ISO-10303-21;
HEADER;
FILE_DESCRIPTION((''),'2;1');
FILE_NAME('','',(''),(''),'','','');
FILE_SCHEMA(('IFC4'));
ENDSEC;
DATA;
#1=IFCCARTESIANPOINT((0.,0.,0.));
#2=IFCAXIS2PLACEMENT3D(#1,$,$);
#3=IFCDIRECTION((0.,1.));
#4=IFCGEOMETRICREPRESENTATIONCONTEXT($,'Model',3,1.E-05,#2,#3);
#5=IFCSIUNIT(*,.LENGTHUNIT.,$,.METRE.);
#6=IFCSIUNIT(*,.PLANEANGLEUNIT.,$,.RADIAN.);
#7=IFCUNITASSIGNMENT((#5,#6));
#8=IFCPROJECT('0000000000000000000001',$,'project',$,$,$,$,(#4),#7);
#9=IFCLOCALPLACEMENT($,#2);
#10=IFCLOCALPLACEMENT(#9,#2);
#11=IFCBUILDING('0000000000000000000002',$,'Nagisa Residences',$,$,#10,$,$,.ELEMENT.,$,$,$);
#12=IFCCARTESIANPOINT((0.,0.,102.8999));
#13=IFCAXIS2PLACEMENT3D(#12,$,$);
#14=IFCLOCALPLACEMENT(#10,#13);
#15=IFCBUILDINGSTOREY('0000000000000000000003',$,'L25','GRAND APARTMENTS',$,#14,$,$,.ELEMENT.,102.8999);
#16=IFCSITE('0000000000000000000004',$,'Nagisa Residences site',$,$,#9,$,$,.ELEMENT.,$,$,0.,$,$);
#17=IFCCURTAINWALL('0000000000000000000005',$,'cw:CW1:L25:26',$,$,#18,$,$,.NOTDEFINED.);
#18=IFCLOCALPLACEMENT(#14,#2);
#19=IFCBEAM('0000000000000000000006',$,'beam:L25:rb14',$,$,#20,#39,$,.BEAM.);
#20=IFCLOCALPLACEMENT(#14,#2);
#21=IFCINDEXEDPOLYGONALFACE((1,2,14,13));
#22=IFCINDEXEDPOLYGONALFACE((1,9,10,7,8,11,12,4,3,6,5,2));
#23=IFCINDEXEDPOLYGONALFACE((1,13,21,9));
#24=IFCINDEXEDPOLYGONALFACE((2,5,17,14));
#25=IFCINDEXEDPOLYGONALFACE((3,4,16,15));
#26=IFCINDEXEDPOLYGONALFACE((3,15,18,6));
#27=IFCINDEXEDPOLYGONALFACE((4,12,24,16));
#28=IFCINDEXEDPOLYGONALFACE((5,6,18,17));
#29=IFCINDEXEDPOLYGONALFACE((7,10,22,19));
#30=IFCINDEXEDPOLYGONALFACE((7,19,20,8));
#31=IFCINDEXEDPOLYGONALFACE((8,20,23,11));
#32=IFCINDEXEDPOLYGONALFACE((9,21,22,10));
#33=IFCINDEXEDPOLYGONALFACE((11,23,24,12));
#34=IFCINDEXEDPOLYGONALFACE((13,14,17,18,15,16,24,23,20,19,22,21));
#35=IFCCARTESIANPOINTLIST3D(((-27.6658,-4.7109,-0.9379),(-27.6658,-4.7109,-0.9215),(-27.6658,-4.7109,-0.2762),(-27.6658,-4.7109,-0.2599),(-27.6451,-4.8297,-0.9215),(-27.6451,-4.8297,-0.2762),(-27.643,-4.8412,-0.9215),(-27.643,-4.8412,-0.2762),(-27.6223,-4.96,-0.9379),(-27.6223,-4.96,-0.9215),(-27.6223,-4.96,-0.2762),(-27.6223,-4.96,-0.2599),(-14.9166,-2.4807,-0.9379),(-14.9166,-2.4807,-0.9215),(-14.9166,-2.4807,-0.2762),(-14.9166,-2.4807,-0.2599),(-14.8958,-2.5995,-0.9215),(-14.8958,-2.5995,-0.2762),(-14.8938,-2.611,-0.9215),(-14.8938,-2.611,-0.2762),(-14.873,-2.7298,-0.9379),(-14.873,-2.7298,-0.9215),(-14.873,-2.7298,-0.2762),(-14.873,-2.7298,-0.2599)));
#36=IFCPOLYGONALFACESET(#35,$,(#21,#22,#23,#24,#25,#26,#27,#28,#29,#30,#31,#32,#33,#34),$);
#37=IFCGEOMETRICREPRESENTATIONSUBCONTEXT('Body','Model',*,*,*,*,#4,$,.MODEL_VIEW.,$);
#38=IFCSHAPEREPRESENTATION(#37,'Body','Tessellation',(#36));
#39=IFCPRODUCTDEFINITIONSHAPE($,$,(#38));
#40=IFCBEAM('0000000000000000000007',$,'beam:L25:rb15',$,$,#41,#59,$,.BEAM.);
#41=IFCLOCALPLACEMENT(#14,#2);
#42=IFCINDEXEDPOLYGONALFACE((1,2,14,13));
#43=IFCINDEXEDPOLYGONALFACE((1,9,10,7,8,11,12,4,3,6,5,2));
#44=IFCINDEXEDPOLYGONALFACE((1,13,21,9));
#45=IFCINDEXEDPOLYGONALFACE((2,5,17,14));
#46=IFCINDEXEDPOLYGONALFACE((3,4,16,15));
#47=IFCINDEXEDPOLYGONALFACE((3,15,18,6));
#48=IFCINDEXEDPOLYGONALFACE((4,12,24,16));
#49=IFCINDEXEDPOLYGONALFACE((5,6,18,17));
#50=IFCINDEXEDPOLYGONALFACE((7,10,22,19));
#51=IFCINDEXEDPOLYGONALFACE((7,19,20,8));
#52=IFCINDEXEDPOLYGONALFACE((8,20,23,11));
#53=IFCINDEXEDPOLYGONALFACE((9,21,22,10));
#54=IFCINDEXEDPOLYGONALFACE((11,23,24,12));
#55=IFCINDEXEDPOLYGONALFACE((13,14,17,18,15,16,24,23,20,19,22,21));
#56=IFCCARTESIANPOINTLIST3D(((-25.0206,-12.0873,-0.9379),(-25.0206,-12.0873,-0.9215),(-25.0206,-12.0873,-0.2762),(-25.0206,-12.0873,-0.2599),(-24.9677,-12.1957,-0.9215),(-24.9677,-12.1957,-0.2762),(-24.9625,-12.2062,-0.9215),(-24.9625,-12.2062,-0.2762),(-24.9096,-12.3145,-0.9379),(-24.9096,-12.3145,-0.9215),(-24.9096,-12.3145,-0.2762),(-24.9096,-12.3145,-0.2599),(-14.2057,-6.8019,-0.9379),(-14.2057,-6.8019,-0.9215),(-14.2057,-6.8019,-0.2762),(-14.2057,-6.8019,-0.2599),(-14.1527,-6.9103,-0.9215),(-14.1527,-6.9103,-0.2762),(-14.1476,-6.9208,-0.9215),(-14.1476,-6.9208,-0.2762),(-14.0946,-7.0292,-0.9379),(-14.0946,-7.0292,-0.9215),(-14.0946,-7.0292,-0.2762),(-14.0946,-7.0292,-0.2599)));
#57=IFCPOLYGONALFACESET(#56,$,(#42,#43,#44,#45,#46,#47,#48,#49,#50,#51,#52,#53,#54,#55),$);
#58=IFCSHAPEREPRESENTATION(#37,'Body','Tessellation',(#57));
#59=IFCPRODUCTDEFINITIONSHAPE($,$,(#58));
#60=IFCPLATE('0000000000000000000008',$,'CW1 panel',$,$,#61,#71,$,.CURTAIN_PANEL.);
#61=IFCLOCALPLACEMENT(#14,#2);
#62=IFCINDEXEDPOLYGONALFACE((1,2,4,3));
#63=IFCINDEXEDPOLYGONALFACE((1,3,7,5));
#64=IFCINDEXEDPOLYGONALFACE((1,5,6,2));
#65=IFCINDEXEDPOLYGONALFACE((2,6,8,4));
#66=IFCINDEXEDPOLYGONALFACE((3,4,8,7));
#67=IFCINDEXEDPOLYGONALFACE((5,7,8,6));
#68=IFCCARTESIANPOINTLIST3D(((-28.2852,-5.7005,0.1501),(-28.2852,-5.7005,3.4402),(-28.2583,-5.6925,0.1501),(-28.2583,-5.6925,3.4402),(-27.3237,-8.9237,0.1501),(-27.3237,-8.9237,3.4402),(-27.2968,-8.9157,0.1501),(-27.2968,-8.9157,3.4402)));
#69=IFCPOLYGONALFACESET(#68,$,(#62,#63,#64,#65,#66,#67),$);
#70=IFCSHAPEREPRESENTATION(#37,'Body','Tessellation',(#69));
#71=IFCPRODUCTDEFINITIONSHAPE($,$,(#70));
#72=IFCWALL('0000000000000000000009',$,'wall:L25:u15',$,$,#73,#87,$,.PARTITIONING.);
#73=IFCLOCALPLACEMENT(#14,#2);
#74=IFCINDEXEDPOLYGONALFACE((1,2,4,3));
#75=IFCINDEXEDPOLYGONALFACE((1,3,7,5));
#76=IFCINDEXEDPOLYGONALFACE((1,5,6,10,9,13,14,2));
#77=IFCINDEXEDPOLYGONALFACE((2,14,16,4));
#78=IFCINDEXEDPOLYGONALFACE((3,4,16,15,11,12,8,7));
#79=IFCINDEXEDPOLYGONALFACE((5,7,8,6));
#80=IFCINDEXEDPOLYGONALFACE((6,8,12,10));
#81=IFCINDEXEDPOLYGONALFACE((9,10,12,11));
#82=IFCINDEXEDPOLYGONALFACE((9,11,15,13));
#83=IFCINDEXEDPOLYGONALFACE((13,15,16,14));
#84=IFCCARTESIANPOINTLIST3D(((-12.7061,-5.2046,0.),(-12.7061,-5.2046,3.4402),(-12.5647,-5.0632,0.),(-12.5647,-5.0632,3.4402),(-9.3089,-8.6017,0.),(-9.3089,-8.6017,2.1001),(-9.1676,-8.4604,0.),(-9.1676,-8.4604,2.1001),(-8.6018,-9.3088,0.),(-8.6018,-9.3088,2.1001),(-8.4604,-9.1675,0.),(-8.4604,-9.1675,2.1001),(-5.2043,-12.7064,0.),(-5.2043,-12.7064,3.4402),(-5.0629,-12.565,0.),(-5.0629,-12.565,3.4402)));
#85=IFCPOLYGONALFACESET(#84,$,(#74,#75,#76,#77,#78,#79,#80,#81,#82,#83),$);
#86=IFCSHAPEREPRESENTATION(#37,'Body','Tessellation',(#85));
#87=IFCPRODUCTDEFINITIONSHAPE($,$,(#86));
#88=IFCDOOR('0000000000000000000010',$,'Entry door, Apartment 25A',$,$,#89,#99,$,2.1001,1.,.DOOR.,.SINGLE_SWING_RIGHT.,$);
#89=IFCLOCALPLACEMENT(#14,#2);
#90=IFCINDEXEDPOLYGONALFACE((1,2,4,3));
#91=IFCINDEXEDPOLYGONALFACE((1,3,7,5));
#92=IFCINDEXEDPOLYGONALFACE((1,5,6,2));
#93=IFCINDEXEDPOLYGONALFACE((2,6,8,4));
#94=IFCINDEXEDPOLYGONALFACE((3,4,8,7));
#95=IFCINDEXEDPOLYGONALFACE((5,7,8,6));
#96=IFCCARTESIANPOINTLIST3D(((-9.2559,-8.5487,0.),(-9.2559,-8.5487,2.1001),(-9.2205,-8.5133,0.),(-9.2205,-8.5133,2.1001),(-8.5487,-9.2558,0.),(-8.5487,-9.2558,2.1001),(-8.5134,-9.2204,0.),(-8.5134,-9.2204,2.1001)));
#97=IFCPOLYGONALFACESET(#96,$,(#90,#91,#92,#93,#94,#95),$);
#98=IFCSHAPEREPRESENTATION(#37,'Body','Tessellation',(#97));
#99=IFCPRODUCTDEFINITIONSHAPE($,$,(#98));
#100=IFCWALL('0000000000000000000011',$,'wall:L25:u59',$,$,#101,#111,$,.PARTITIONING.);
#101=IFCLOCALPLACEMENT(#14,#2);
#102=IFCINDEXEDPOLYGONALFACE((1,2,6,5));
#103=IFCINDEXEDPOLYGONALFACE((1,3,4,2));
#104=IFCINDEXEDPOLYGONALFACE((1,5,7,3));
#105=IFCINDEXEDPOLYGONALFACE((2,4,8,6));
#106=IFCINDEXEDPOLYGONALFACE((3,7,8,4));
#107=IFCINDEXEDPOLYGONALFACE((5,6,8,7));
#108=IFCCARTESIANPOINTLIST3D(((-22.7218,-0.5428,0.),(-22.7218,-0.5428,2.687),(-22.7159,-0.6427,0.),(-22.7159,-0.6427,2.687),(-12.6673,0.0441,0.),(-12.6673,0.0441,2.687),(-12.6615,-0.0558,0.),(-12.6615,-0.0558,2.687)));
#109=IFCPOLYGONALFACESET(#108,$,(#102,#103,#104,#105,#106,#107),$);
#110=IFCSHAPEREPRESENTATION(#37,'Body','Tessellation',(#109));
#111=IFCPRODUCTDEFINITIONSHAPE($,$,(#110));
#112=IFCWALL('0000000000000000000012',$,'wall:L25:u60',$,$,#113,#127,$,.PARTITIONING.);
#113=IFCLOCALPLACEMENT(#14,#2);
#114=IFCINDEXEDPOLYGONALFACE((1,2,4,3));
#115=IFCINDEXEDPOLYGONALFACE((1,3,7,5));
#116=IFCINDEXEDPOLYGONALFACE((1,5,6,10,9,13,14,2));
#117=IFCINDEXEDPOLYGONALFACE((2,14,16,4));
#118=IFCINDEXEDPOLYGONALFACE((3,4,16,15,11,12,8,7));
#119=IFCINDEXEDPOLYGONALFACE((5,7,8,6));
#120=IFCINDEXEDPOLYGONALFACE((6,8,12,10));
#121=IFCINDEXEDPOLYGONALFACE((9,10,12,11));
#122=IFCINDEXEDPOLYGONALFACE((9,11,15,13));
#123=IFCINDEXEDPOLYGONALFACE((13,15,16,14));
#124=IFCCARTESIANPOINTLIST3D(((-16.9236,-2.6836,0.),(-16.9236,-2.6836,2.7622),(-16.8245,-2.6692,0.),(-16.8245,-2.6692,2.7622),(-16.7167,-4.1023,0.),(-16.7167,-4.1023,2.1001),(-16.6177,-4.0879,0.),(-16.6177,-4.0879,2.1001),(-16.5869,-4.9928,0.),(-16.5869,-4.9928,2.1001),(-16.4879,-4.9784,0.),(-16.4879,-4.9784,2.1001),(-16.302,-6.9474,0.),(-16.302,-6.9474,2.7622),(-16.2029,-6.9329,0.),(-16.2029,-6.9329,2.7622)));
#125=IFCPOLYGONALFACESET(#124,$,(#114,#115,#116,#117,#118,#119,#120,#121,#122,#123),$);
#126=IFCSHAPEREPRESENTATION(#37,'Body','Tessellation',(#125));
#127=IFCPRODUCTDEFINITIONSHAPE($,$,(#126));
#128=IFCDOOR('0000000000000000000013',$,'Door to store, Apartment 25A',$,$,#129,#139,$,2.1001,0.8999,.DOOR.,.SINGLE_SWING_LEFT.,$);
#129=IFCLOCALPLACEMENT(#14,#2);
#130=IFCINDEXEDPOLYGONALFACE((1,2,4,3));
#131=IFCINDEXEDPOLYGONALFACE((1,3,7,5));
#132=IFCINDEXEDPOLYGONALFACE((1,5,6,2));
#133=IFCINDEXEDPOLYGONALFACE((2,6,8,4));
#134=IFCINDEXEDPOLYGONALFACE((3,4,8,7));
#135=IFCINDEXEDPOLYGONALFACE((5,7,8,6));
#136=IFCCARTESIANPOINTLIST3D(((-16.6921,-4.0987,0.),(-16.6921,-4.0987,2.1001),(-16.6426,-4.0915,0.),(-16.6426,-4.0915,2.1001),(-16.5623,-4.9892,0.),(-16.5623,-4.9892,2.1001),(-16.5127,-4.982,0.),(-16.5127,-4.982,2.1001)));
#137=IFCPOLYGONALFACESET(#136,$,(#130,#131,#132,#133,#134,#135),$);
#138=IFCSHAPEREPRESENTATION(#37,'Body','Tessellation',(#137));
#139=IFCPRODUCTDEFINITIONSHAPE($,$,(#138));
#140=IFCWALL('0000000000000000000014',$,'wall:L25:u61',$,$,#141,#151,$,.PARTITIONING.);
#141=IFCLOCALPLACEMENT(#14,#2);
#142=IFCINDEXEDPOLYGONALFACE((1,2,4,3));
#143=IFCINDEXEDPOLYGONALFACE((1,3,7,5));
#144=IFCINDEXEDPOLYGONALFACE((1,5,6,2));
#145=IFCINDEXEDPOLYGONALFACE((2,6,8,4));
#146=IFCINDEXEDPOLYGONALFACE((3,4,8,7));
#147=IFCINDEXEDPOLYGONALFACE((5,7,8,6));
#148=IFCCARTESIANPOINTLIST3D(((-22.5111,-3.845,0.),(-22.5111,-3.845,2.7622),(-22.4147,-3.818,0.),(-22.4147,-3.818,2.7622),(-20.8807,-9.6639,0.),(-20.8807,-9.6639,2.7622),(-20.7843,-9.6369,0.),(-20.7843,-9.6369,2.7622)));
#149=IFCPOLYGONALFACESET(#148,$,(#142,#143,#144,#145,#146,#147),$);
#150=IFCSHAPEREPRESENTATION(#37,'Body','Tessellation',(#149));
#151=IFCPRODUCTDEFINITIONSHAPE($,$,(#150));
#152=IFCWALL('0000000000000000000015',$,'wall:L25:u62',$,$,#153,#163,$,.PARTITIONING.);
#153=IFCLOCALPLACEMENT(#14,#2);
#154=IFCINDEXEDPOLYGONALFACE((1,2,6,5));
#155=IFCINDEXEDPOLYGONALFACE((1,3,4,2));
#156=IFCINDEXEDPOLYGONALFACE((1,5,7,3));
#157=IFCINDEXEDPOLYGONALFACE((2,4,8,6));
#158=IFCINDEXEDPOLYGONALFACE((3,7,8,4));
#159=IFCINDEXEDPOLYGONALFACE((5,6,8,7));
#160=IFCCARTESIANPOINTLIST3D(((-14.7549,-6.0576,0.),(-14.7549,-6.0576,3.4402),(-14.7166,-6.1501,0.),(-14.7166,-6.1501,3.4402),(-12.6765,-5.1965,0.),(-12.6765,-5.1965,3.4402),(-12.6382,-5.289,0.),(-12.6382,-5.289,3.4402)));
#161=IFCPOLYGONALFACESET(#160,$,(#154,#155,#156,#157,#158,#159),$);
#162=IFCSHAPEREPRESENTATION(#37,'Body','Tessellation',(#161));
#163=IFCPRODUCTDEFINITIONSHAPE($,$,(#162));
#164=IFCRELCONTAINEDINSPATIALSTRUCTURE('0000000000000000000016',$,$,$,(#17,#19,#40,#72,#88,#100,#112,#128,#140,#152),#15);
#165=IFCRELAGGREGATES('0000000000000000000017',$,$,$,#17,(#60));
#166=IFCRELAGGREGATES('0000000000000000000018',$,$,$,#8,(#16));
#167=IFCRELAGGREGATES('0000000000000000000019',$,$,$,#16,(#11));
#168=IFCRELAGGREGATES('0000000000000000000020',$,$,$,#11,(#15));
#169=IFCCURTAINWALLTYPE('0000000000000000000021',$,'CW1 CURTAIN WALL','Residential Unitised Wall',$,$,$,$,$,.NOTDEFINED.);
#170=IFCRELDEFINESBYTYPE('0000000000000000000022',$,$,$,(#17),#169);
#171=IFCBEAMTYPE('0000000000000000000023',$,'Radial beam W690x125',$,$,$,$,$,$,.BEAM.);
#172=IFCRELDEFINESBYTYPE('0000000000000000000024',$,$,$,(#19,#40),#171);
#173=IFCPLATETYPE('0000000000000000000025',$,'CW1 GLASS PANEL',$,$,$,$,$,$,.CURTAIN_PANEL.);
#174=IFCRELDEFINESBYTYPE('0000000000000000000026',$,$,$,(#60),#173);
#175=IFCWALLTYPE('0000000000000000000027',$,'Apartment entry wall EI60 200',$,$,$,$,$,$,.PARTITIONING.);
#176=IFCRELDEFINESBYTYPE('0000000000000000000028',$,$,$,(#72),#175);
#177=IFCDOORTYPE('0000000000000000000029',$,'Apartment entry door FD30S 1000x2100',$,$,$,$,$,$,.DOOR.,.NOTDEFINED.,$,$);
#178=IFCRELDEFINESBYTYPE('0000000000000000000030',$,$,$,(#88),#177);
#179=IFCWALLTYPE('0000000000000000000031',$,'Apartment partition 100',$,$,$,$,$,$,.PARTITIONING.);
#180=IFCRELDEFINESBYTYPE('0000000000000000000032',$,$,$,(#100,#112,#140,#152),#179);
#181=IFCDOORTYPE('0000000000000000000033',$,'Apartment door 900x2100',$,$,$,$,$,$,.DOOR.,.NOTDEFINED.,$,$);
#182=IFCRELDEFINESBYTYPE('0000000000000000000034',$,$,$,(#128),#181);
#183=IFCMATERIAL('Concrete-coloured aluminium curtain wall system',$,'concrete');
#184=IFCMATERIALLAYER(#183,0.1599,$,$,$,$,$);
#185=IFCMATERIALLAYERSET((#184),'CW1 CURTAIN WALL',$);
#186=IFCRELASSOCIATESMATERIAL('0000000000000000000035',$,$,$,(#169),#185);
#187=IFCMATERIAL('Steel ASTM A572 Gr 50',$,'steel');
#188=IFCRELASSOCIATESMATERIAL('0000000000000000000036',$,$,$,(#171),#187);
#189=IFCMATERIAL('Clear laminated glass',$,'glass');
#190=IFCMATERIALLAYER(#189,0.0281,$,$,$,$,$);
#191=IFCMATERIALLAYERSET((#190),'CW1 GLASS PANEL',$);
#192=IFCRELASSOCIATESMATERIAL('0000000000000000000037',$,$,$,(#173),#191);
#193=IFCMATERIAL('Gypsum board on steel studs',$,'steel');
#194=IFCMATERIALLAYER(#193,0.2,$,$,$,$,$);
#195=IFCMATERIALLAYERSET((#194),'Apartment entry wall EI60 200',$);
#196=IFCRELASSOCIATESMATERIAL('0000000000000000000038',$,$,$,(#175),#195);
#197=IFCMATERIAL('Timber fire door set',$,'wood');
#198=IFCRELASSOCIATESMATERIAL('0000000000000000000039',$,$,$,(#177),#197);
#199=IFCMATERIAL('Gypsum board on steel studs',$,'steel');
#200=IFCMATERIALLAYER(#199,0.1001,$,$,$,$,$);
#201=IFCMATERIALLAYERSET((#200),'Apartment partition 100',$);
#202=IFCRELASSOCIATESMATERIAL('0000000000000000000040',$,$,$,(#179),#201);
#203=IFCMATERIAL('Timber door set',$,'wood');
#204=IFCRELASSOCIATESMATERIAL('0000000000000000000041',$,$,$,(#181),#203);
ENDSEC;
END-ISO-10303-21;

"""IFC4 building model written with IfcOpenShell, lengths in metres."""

from ifc_helpers import new_model, si_unit, direction, frame, frame_2d, origin, origin_2d, place, context, subcontext, project, spatial, rectangle, i_section, extrude, material, layer, layer_set, material_profile, profile_set, type_object, element, fill, aggregate, save


model = new_model("IFC4")

# Units and contexts
model_context = context("Model", 3, precision=1e-05, world=origin(), true_north=direction((0.0, 1.0)))
body_context = subcontext(model_context, "Body", "Model", "MODEL_VIEW")
ifc_project = project(units=[si_unit("LENGTHUNIT", "METRE"), si_unit("PLANEANGLEUNIT", "RADIAN")], contexts=[model_context])

# Site, building, storey
site_placement = place(None, origin())
site = spatial("IfcSite", under=ifc_project, at=site_placement, Name="Nagisa Residences site", CompositionType="ELEMENT", RefElevation=0.0)
building_placement = place(site_placement, origin())
building = spatial("IfcBuilding", under=site, at=building_placement, Name="Nagisa Residences", CompositionType="ELEMENT")
storey_placement = place(building_placement, frame((0.0, 0.0, 102.8999)))
storey = spatial("IfcBuildingStorey", under=building, at=storey_placement, Name="L25", Description="GRAND APARTMENTS", CompositionType="ELEMENT", Elevation=102.8999)

# Curtain wall
ifc_material_1 = material(Name="Concrete-coloured aluminium curtain wall system", Category="concrete")
ifc_layer_1 = layer(ifc_material_1, 0.1599)
ifc_layer_set_1 = layer_set([ifc_layer_1], Name="CW1 CURTAIN WALL")
curtain_wall_type = type_object("IfcCurtainWallType", Name="CW1 CURTAIN WALL", Description="Residential Unitised Wall", PredefinedType="NOTDEFINED", material=ifc_layer_set_1)
curtain_wall_1_placement = place(storey_placement, origin())
curtain_wall_1 = element("IfcCurtainWall", 1, at=curtain_wall_1_placement, inside=storey, type_object=curtain_wall_type, Name="cw:CW1:L25:26", PredefinedType="NOTDEFINED")

# Beams
ifc_material_2 = material(Name="Steel ASTM A572 Gr 50", Category="steel")
ifc_material_profile_1 = material_profile(ifc_material_2, i_section(OverallWidth=0.2529, OverallDepth=0.678, WebThickness=0.0117, FlangeThickness=0.0164, at=origin_2d()), Name="W690x125")
ifc_profile_set_1 = profile_set([ifc_material_profile_1], Name="Steel ASTM A572 Gr 50")
beam_type_1 = type_object("IfcBeamType", Name="Radial beam W690x125", PredefinedType="BEAM", material=ifc_profile_set_1)
beam_1_placement = place(storey_placement, frame((-27.644, -4.8354, -0.5989), z_axis=(0.985042, 0.172313, 0.0), x_axis=(-0.172313, 0.985042, 0.0)))
element("IfcBeam", 2, at=beam_1_placement, inside=storey, type_object=beam_type_1, Name="beam:L25:rb14", PredefinedType="BEAM", context=body_context, shape_type="SweptSolid", body=[
    extrude(i_section(OverallWidth=0.2529, OverallDepth=0.678, WebThickness=0.0117, FlangeThickness=0.0164, at=origin_2d()), origin(), (0.0, 0.0, 1.0), 12.9429),
])
beam_2_placement = place(storey_placement, frame((-24.9651, -12.2009, -0.5989), z_axis=(0.898447, 0.439082, 0.0), x_axis=(-0.439082, 0.898447, 0.0)))
element("IfcBeam", 3, at=beam_2_placement, inside=storey, type_object=beam_type_1, Name="beam:L25:rb15", PredefinedType="BEAM", context=body_context, shape_type="SweptSolid", body=[
    extrude(i_section(OverallWidth=0.2529, OverallDepth=0.678, WebThickness=0.0117, FlangeThickness=0.0164, at=origin_2d()), origin(), (0.0, 0.0, 1.0), 12.0374),
])

# Plate
ifc_material_3 = material(Name="Clear laminated glass", Category="glass")
ifc_layer_2 = layer(ifc_material_3, 0.0281)
ifc_layer_set_2 = layer_set([ifc_layer_2], Name="CW1 GLASS PANEL")
plate_type = type_object("IfcPlateType", Name="CW1 GLASS PANEL", PredefinedType="CURTAIN_PANEL", material=ifc_layer_set_2)
plate_placement = place(storey_placement, frame((-27.791, -7.3081, 0.1501), z_axis=(0.0, 0.0, 1.0), x_axis=(0.28586, -0.958271, 0.0)))
plate = element("IfcPlate", 4, at=plate_placement, type_object=plate_type, Name="CW1 panel", PredefinedType="CURTAIN_PANEL", context=body_context, shape_type="SweptSolid", body=[
    extrude(rectangle(XDim=3.3635, YDim=0.0281, at=origin_2d()), origin(), (0.0, 0.0, 1.0), 3.29),
])
aggregate(curtain_wall_1, [plate])

# Wall, opening, door
ifc_material_4 = material(Name="Gypsum board on steel studs", Category="steel")
ifc_layer_3 = layer(ifc_material_4, 0.2)
ifc_layer_set_3 = layer_set([ifc_layer_3], Name="Apartment entry wall EI60 200")
wall_type_1 = type_object("IfcWallType", Name="Apartment entry wall EI60 200", PredefinedType="PARTITIONING", material=ifc_layer_set_3)
wall_1_placement = place(storey_placement, frame((-12.6355, -5.1338, 0.0), z_axis=(0.0, 0.0, 1.0), x_axis=(0.707107, -0.707107, 0.0)))
wall_1 = element("IfcWall", 5, at=wall_1_placement, inside=storey, type_object=wall_type_1, Name="wall:L25:u15", PredefinedType="PARTITIONING", context=body_context, shape_type="SweptSolid", body=[
    extrude(rectangle(XDim=10.6091, YDim=0.2, at=frame_2d((5.3047, 0.0))), origin(), (0.0, 0.0, 1.0), 3.4402),
])
opening_1_placement = place(wall_1_placement, frame((4.8044, 0.0, 0.0)))
opening_1 = element("IfcOpeningElement", 6, at=opening_1_placement, cuts=wall_1, PredefinedType="OPENING", context=body_context, shape_type="SweptSolid", body=[
    extrude(rectangle(XDim=1.0, YDim=2.1001, at=frame_2d((0.5, 1.05))), frame((0.0, 0.1099, 0.0), z_axis=(0.0, -1.0, 0.0), x_axis=(1.0, 0.0, 0.0)), (0.0, 0.0, 1.0), 0.22),
])
ifc_material_5 = material(Name="Timber fire door set", Category="wood")
door_type_1 = type_object("IfcDoorType", Name="Apartment entry door FD30S 1000x2100", OperationType="NOTDEFINED", PredefinedType="DOOR", material=ifc_material_5)
door_1_placement = place(opening_1_placement, frame((1.0, 0.0, 0.0), x_axis=(-1.0, 0.0, 0.0)))
door_1 = element("IfcDoor", 7, at=door_1_placement, inside=storey, type_object=door_type_1, Name="Entry door, Apartment 25A", OperationType="SINGLE_SWING_RIGHT", OverallHeight=2.1001, OverallWidth=1.0, PredefinedType="DOOR", context=body_context, shape_type="SweptSolid", body=[
    extrude(rectangle(XDim=1.0, YDim=2.1001, at=frame_2d((0.5, 1.05))), frame((0.0, 0.0249, 0.0), z_axis=(0.0, -1.0, 0.0), x_axis=(1.0, 0.0, 0.0)), (0.0, 0.0, 1.0), 0.05),
])
fill(opening_1, door_1)

# Wall
ifc_material_6 = material(Name="Gypsum board on steel studs", Category="steel")
ifc_layer_4 = layer(ifc_material_6, 0.1001)
ifc_layer_set_4 = layer_set([ifc_layer_4], Name="Apartment partition 100")
wall_type_2 = type_object("IfcWallType", Name="Apartment partition 100", PredefinedType="PARTITIONING", material=ifc_layer_set_4)
wall_2_placement = place(storey_placement, frame((-12.6646, -0.0059, 0.0), z_axis=(0.0, 0.0, 1.0), x_axis=(-0.998301, -0.058274, 0.0)))
element("IfcWall", 8, at=wall_2_placement, inside=storey, type_object=wall_type_2, Name="wall:L25:u59", PredefinedType="PARTITIONING", context=body_context, shape_type="SweptSolid", body=[
    extrude(rectangle(XDim=10.0715, YDim=0.1001, at=frame_2d((5.0356, 0.0))), origin(), (0.0, 0.0, 1.0), 2.687),
])

# Wall, opening, door
wall_3_placement = place(storey_placement, frame((-16.874, -2.6765, 0.0), z_axis=(0.0, 0.0, 1.0), x_axis=(0.144261, -0.98954, 0.0)))
wall_3 = element("IfcWall", 9, at=wall_3_placement, inside=storey, type_object=wall_type_2, Name="wall:L25:u60", PredefinedType="PARTITIONING", context=body_context, shape_type="SweptSolid", body=[
    extrude(rectangle(XDim=4.3088, YDim=0.1001, at=frame_2d((2.1543, 0.0))), origin(), (0.0, 0.0, 1.0), 2.7622),
])
opening_2_placement = place(wall_3_placement, frame((1.4336, 0.0, 0.0)))
opening_2 = element("IfcOpeningElement", 10, at=opening_2_placement, cuts=wall_3, PredefinedType="OPENING", context=body_context, shape_type="SweptSolid", body=[
    extrude(rectangle(XDim=0.8999, YDim=2.1001, at=frame_2d((0.45, 1.05))), frame((0.0, 0.0601, 0.0), z_axis=(0.0, -1.0, 0.0), x_axis=(1.0, 0.0, 0.0)), (0.0, 0.0, 1.0), 0.1201),
])
ifc_material_7 = material(Name="Timber door set", Category="wood")
door_type_2 = type_object("IfcDoorType", Name="Apartment door 900x2100", OperationType="NOTDEFINED", PredefinedType="DOOR", material=ifc_material_7)
door_2_placement = place(opening_2_placement, origin())
door_2 = element("IfcDoor", 11, at=door_2_placement, inside=storey, type_object=door_type_2, Name="Door to store, Apartment 25A", OperationType="SINGLE_SWING_LEFT", OverallHeight=2.1001, OverallWidth=0.8999, PredefinedType="DOOR", context=body_context, shape_type="SweptSolid", body=[
    extrude(rectangle(XDim=0.8999, YDim=2.1001, at=frame_2d((0.45, 1.05))), frame((0.0, 0.0249, 0.0), z_axis=(0.0, -1.0, 0.0), x_axis=(1.0, 0.0, 0.0)), (0.0, 0.0, 1.0), 0.05),
])
fill(opening_2, door_2)

# Walls
wall_4_placement = place(storey_placement, frame((-22.4629, -3.8315, 0.0), z_axis=(0.0, 0.0, 1.0), x_axis=(0.269798, -0.962917, 0.0)))
element("IfcWall", 12, at=wall_4_placement, inside=storey, type_object=wall_type_2, Name="wall:L25:u61", PredefinedType="PARTITIONING", context=body_context, shape_type="SweptSolid", body=[
    extrude(rectangle(XDim=6.043, YDim=0.1001, at=frame_2d((3.0215, 0.0))), origin(), (0.0, 0.0, 1.0), 2.7622),
])
wall_5_placement = place(storey_placement, frame((-12.6572, -5.2427, 0.0), z_axis=(0.0, 0.0, 1.0), x_axis=(-0.923849, -0.382758, 0.0)))
element("IfcWall", 13, at=wall_5_placement, inside=storey, type_object=wall_type_2, Name="wall:L25:u62", PredefinedType="PARTITIONING", context=body_context, shape_type="SweptSolid", body=[
    extrude(rectangle(XDim=2.2498, YDim=0.1001, at=frame_2d((1.125, 0.0))), origin(), (0.0, 0.0, 1.0), 3.4402),
])

save(model, "model.ifc")
